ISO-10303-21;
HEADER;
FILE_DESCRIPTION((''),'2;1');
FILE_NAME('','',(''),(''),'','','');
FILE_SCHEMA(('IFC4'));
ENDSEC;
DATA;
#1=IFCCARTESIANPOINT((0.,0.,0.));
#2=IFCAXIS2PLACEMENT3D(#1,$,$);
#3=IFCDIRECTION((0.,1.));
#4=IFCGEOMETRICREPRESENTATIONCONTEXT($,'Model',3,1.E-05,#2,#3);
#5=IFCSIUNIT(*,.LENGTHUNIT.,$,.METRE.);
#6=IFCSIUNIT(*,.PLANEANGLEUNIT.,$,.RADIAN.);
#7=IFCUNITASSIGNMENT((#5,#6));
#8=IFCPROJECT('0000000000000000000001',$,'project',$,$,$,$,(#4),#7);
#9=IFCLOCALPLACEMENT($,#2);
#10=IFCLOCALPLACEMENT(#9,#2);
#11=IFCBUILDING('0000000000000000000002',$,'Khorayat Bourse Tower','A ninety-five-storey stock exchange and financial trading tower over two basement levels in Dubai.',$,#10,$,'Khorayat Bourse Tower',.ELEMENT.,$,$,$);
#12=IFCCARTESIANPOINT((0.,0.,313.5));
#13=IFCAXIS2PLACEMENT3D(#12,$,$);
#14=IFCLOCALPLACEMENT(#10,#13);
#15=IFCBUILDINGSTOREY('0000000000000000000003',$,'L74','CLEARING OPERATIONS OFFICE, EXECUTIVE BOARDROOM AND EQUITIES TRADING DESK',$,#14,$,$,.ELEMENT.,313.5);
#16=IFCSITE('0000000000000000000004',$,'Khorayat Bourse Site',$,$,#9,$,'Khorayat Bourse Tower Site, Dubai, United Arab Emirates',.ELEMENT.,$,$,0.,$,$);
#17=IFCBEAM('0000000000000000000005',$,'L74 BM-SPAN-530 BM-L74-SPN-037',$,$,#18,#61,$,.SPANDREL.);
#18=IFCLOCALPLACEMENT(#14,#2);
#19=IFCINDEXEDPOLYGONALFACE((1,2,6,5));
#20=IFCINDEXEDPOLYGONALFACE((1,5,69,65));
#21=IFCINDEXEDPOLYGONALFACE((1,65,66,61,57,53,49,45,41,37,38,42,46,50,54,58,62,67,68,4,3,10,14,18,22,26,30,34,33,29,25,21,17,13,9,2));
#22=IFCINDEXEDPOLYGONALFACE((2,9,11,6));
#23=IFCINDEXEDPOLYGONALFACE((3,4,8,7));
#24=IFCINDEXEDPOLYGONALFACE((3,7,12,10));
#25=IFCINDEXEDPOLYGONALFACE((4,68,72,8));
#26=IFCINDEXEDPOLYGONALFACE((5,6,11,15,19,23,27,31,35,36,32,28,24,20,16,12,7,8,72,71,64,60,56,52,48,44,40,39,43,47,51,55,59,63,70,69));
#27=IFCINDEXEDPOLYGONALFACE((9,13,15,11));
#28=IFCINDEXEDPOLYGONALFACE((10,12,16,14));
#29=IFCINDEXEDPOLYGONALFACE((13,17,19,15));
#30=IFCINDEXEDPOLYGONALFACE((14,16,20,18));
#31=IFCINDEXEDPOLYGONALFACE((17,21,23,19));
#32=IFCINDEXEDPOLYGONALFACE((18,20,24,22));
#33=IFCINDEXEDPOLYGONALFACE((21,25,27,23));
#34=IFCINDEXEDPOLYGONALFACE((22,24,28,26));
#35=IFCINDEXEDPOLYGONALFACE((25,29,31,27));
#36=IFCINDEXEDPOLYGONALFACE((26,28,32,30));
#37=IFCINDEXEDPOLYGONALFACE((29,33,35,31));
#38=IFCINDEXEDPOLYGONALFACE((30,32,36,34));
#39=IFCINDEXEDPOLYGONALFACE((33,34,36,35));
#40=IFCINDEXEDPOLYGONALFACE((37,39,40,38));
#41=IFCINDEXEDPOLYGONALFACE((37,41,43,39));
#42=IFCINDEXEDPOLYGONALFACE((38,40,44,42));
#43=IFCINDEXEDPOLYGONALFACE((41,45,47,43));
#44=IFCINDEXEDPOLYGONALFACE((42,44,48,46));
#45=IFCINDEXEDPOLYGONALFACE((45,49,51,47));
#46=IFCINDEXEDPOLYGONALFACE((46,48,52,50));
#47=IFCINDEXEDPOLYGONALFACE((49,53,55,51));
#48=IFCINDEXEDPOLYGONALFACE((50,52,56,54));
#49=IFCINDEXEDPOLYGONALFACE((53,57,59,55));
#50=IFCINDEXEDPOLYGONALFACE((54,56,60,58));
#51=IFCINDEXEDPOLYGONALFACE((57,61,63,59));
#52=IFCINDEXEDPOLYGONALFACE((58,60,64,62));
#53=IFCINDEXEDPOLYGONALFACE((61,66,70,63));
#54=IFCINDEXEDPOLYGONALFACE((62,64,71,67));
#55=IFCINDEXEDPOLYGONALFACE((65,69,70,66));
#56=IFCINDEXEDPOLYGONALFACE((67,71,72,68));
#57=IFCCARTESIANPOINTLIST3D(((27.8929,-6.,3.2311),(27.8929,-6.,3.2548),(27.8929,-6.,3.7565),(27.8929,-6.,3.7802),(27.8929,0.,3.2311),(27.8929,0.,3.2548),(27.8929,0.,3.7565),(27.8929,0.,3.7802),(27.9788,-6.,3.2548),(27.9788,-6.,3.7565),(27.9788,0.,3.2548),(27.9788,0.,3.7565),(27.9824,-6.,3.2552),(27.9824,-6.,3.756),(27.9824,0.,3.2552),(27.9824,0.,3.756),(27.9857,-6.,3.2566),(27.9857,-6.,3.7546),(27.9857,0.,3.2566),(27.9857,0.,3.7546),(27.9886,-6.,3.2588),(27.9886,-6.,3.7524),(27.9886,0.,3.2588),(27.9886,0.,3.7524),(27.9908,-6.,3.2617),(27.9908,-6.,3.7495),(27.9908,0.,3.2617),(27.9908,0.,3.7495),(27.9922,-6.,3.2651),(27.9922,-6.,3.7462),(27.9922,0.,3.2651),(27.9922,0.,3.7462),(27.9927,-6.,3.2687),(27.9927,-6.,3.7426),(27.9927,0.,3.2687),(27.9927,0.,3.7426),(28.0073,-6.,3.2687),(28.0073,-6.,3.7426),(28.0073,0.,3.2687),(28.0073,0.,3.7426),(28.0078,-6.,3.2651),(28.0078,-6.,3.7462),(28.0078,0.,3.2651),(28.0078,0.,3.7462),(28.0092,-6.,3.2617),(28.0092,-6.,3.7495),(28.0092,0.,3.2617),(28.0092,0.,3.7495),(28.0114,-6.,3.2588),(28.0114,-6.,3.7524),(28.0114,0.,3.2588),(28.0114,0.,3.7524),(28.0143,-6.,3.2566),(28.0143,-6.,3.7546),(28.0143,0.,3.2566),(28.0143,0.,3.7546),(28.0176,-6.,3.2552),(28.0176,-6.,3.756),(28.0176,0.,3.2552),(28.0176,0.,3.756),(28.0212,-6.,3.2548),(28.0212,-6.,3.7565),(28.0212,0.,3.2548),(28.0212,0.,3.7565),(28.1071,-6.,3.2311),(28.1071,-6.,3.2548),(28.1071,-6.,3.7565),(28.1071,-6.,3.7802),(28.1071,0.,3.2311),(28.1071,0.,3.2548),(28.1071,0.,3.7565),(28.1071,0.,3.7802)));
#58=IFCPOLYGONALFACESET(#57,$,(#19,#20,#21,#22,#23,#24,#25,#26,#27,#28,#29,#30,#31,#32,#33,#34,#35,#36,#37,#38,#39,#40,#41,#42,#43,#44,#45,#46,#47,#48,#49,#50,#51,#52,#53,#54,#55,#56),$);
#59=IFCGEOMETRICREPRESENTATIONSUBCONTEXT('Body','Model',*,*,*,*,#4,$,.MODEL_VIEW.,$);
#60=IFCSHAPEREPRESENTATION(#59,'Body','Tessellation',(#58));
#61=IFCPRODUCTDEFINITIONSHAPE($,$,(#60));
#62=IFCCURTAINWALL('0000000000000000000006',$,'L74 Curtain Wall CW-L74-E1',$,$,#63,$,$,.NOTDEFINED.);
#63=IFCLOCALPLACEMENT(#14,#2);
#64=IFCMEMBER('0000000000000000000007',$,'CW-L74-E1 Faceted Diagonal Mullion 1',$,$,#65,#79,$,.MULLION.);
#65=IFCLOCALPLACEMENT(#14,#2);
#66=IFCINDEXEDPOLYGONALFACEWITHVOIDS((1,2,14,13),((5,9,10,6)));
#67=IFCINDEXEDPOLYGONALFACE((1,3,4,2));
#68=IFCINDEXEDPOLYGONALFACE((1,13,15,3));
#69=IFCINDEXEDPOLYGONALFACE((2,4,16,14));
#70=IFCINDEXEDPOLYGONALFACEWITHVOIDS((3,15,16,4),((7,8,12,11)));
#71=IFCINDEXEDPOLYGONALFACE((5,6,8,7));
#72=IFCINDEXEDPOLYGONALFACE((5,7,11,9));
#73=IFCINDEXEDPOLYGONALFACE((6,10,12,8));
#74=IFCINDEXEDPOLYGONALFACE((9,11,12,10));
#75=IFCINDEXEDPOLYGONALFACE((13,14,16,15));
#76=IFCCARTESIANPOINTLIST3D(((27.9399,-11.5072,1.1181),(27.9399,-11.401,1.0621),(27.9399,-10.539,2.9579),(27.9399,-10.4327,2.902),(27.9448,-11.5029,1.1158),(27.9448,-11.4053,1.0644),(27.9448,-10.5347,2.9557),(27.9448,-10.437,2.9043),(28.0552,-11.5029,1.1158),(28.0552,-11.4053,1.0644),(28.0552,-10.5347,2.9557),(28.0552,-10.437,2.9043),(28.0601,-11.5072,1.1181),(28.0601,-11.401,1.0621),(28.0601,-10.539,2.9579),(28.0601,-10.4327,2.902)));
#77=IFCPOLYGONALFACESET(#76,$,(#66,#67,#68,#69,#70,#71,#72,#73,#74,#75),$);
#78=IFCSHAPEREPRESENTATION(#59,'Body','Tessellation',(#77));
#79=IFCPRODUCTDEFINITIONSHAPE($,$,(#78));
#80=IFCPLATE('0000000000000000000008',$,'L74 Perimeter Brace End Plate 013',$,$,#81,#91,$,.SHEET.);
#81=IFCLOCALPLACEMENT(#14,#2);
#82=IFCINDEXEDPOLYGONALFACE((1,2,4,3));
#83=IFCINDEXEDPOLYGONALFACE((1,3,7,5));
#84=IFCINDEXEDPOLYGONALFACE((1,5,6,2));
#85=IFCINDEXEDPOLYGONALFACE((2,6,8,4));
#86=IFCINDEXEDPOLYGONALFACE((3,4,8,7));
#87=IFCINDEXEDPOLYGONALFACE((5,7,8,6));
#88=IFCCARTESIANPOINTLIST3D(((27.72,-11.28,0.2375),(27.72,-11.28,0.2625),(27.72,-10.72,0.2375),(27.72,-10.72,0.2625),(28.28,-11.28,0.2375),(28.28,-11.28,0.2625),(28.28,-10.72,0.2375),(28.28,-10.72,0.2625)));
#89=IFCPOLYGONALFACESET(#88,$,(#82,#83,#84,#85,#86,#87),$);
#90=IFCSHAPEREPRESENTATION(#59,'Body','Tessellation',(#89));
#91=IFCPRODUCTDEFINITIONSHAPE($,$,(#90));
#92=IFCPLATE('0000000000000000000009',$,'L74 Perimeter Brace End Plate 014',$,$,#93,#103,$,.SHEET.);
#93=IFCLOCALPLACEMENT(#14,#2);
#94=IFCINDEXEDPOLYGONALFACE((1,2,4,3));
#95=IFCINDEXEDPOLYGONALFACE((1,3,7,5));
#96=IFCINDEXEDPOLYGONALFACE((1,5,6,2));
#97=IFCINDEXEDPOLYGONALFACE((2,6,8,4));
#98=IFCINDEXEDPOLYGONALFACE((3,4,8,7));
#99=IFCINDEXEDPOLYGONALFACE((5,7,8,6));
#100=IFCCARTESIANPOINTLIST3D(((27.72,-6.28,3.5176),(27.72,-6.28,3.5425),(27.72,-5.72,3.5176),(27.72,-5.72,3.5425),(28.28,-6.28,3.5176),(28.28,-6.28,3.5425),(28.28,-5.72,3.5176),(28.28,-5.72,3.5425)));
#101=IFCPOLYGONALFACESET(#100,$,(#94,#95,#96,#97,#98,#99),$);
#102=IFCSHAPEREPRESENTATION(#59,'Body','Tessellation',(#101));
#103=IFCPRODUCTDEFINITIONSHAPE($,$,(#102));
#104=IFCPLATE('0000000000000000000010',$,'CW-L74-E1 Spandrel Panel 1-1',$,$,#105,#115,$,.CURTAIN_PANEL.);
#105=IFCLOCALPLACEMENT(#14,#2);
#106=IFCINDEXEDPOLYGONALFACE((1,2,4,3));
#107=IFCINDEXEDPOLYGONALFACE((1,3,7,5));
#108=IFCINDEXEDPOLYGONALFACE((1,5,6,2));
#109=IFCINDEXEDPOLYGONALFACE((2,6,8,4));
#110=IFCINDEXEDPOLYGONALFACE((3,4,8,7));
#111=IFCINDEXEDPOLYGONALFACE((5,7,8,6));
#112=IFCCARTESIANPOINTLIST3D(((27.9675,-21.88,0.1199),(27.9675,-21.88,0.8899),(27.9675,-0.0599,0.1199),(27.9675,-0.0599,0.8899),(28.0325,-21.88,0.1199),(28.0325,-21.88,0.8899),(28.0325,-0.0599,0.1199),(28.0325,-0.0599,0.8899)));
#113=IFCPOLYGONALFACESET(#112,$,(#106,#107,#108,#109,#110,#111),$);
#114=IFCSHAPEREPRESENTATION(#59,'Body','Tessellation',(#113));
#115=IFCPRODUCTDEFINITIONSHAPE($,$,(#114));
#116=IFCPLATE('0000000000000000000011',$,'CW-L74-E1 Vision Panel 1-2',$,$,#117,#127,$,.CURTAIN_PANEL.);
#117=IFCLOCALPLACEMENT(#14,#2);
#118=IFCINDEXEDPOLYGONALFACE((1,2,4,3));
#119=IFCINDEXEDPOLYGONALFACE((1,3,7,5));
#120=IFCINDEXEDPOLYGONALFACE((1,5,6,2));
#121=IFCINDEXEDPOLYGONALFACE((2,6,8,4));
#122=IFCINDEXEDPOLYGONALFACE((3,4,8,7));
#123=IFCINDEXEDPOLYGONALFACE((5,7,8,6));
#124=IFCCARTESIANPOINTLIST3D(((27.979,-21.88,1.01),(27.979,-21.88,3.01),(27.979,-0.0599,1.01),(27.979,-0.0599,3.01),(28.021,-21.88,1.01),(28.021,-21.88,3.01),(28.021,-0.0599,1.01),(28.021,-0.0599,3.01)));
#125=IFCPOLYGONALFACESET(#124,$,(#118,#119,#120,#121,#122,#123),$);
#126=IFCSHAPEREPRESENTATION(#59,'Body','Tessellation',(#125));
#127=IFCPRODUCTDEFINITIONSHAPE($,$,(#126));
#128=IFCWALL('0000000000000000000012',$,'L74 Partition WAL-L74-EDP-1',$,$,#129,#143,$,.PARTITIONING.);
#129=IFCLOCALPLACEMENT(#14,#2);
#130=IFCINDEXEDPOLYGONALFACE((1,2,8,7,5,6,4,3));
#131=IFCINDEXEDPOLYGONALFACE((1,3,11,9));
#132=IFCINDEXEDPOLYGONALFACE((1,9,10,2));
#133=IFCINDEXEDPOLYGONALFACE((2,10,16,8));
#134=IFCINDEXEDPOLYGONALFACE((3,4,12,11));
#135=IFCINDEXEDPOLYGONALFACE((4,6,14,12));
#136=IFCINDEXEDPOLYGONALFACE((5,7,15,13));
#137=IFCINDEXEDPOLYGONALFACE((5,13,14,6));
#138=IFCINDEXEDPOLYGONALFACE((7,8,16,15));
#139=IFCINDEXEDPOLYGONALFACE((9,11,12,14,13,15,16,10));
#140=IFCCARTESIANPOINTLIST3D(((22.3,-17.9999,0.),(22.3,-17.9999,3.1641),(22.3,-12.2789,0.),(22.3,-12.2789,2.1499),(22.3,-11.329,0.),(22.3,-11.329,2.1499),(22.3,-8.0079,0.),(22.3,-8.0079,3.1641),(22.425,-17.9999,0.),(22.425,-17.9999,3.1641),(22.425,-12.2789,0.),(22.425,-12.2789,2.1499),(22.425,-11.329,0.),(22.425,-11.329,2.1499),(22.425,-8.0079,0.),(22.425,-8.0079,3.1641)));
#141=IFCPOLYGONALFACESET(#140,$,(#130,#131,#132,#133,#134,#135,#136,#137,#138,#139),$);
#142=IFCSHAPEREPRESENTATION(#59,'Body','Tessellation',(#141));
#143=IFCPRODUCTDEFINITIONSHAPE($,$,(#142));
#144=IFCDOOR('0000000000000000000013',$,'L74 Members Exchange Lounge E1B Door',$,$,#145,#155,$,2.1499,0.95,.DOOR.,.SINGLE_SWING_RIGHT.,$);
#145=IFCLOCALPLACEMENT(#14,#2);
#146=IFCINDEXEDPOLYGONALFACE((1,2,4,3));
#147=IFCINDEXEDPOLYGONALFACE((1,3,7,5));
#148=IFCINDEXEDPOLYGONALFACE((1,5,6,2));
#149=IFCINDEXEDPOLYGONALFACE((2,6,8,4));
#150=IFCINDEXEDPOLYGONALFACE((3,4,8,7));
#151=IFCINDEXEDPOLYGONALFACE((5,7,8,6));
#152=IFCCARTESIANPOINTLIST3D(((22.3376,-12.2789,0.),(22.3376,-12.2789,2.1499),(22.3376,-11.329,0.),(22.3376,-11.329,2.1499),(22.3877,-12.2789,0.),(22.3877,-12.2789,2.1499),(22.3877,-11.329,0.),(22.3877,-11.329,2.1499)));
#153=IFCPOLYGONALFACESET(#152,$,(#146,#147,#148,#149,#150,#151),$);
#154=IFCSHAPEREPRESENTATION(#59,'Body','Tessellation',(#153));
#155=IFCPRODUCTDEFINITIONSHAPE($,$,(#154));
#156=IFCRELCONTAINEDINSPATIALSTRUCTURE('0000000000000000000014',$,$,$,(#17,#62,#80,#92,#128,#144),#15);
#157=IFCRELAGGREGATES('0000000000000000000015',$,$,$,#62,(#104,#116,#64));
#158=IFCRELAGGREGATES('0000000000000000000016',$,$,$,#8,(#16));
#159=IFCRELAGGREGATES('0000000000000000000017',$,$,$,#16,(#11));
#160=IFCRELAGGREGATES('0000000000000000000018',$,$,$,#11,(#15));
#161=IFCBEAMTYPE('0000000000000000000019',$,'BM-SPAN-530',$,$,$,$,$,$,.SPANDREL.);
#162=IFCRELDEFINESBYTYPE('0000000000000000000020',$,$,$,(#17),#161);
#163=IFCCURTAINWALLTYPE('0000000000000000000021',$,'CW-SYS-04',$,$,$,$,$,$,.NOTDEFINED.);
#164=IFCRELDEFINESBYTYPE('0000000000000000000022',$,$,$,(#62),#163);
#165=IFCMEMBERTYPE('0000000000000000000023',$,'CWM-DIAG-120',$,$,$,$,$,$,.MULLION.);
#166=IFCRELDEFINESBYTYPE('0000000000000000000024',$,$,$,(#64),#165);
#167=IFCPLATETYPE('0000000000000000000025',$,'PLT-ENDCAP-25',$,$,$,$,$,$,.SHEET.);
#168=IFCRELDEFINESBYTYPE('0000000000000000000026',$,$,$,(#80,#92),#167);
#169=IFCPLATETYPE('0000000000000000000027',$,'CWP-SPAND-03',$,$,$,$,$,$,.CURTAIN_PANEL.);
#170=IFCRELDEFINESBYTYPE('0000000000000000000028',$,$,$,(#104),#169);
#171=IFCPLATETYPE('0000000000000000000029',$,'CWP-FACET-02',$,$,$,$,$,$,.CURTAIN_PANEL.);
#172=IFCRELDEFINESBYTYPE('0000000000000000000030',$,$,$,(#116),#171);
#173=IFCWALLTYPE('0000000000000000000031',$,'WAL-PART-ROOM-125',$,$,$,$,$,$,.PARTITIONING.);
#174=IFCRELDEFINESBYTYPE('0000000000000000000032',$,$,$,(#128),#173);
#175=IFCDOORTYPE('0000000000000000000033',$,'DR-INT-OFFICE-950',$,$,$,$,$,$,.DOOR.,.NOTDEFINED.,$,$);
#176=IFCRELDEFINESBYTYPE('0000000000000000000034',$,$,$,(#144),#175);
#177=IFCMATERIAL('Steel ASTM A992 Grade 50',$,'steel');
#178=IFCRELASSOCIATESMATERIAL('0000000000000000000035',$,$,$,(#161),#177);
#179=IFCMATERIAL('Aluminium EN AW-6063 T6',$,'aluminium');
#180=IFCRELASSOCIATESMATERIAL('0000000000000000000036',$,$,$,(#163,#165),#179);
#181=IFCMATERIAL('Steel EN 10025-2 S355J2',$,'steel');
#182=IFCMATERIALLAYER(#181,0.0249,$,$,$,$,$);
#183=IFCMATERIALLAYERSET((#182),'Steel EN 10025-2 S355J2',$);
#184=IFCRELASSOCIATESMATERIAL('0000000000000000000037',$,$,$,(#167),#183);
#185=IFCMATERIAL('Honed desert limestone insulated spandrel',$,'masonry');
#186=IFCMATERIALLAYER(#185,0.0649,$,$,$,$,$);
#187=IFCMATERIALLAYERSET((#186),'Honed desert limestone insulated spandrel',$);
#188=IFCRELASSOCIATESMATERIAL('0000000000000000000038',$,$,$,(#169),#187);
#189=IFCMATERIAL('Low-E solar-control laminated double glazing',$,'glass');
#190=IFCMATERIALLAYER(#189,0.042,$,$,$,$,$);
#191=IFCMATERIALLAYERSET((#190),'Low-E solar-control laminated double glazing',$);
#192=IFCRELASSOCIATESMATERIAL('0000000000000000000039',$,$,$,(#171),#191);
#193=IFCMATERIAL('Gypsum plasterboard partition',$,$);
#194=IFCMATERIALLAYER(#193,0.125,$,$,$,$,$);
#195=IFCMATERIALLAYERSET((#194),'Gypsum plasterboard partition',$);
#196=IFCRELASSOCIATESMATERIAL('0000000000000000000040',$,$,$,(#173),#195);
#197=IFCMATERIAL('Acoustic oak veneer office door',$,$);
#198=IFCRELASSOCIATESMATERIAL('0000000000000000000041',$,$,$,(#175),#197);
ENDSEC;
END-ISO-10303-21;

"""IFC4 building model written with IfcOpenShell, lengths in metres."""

from ifc_helpers import new_model, si_unit, direction, frame, frame_2d, origin, origin_2d, place, context, subcontext, project, spatial, rectangle, hollow_rectangle, i_section, extrude, source, transform, mapped, material, layer, layer_set, material_profile, profile_set, type_object, element, fill, aggregate, save


model = new_model("IFC4")

# Units and contexts
model_context = context("Model", 3, precision=1e-05, world=origin(), true_north=direction((0.0, 1.0)))
body_context = subcontext(model_context, "Body", "Model", "MODEL_VIEW")
ifc_project = project(units=[si_unit("LENGTHUNIT", "METRE"), si_unit("PLANEANGLEUNIT", "RADIAN")], contexts=[model_context])

# Site, building, storey
site_placement = place(None, origin())
site = spatial("IfcSite", under=ifc_project, at=site_placement, Name="Khorayat Bourse Site", LongName="Khorayat Bourse Tower Site, Dubai, United Arab Emirates", CompositionType="ELEMENT", RefElevation=0.0)
building_placement = place(site_placement, origin())
building = spatial("IfcBuilding", under=site, at=building_placement, Name="Khorayat Bourse Tower", Description="A ninety-five-storey stock exchange and financial trading tower over two basement levels in Dubai.", LongName="Khorayat Bourse Tower", CompositionType="ELEMENT")
storey_placement = place(building_placement, frame((0.0, 0.0, 313.5)))
storey = spatial("IfcBuildingStorey", under=building, at=storey_placement, Name="L74", Description="CLEARING OPERATIONS OFFICE, EXECUTIVE BOARDROOM AND EQUITIES TRADING DESK", CompositionType="ELEMENT", Elevation=313.5)

# Beam
ifc_material_1 = material(Name="Steel ASTM A992 Grade 50", Category="steel")
ifc_material_profile_1 = material_profile(ifc_material_1, i_section(OverallWidth=0.2141, OverallDepth=0.5491, WebThickness=0.0146, FlangeThickness=0.0237, FilletRadius=0.0139, at=origin_2d()), Name="W530X138")
ifc_profile_set_1 = profile_set([ifc_material_profile_1], Name="Steel ASTM A992 Grade 50")
beam_type_1 = type_object("IfcBeamType", Name="BM-SPAN-530", PredefinedType="SPANDREL", material=ifc_profile_set_1)
shared_shape_1 = source(origin(), body_context, "Body", "SweptSolid", [
    extrude(i_section(OverallWidth=0.2141, OverallDepth=0.5491, WebThickness=0.0146, FlangeThickness=0.0237, FilletRadius=0.0139, at=origin_2d()), origin(), (0.0, 0.0, 1.0), 6.0),
])
beam_1_placement = place(storey_placement, frame((28.0, -6.0, 3.5056), z_axis=(0.0, 1.0, 0.0), x_axis=(-1.0, 0.0, 0.0)))
element("IfcBeam", 1, at=beam_1_placement, inside=storey, type_object=beam_type_1, Name="L74 BM-SPAN-530 BM-L74-SPN-037", PredefinedType="SPANDREL", context=body_context, shape_type="MappedRepresentation", body=[
    mapped(shared_shape_1, transform((0.0, 0.0, 0.0), scale=1.0)),
])

# Curtain wall, member
ifc_material_2 = material(Name="Aluminium EN AW-6063 T6", Category="aluminium")
curtain_wall_type = type_object("IfcCurtainWallType", Name="CW-SYS-04", PredefinedType="NOTDEFINED", material=ifc_material_2)
curtain_wall_placement = place(storey_placement, origin())
curtain_wall = element("IfcCurtainWall", 2, at=curtain_wall_placement, inside=storey, type_object=curtain_wall_type, Name="L74 Curtain Wall CW-L74-E1", PredefinedType="NOTDEFINED")
ifc_material_profile_2 = material_profile(ifc_material_2, hollow_rectangle(XDim=0.1201, YDim=0.1201, WallThickness=0.0049, at=origin_2d()), Name="ALU 120x120x5")
ifc_profile_set_2 = profile_set([ifc_material_profile_2], Name="Aluminium EN AW-6063 T6")
member_type_1 = type_object("IfcMemberType", Name="CWM-DIAG-120", PredefinedType="MULLION", material=ifc_profile_set_2)
shared_shape_2 = source(origin(), body_context, "Body", "SweptSolid", [
    extrude(hollow_rectangle(XDim=0.1201, YDim=0.1201, WallThickness=0.0049, at=origin_2d()), origin(), (0.0, 0.0, 1.0), 2.0791),
])
member_1_placement = place(storey_placement, frame((28.0, -11.4541, 1.0901), z_axis=(0.0, 0.465717, 0.884934), x_axis=(-1.0, 0.0, 0.0)))
member_1 = element("IfcMember", 3, at=member_1_placement, type_object=member_type_1, Name="CW-L74-E1 Faceted Diagonal Mullion 1", PredefinedType="MULLION", context=body_context, shape_type="MappedRepresentation", body=[
    mapped(shared_shape_2, transform((0.0, 0.0, 0.0), scale=1.0)),
])

# Plates
ifc_material_3 = material(Name="Steel EN 10025-2 S355J2", Category="steel")
ifc_layer_1 = layer(ifc_material_3, 0.0249)
ifc_layer_set_1 = layer_set([ifc_layer_1], Name="Steel EN 10025-2 S355J2")
plate_type_1 = type_object("IfcPlateType", Name="PLT-ENDCAP-25", PredefinedType="SHEET", material=ifc_layer_set_1)
shared_shape_3 = source(origin(), body_context, "Body", "SweptSolid", [
    extrude(rectangle(XDim=0.5601, YDim=0.5601, at=origin_2d()), origin(), (0.0, 0.0, 1.0), 0.0249),
])
for number, where, z_axis, x_axis, name in (
    (4, (28.0, -11.0, 0.2375), (0.0, 0.0, 1.0), (1.0, 0.0, 0.0), "L74 Perimeter Brace End Plate 013"),
    (5, (28.0, -6.0, 3.5176), (0.0, 0.0, 1.0), (1.0, 0.0, 0.0), "L74 Perimeter Brace End Plate 014"),
):
    element("IfcPlate", number, at=place(storey_placement, frame(where, z_axis=z_axis, x_axis=x_axis)), inside=storey, type_object=plate_type_1, Name=name, PredefinedType="SHEET", context=body_context, shape_type="MappedRepresentation", body=[
        mapped(shared_shape_3, transform((0.0, 0.0, 0.0), scale=1.0)),
    ])

# Plates
ifc_material_4 = material(Name="Honed desert limestone insulated spandrel", Category="masonry")
ifc_layer_2 = layer(ifc_material_4, 0.0649)
ifc_layer_set_2 = layer_set([ifc_layer_2], Name="Honed desert limestone insulated spandrel")
plate_type_2 = type_object("IfcPlateType", Name="CWP-SPAND-03", PredefinedType="CURTAIN_PANEL", material=ifc_layer_set_2)
shared_shape_4 = source(origin(), body_context, "Body", "SweptSolid", [
    extrude(rectangle(XDim=21.8201, YDim=0.0649, at=origin_2d()), origin(), (0.0, 0.0, 1.0), 0.77),
])
plate_1_placement = place(storey_placement, frame((28.0, -10.97, 0.1199), z_axis=(0.0, 0.0, 1.0), x_axis=(0.0, 1.0, 0.0)))
plate_1 = element("IfcPlate", 6, at=plate_1_placement, type_object=plate_type_2, Name="CW-L74-E1 Spandrel Panel 1-1", PredefinedType="CURTAIN_PANEL", context=body_context, shape_type="MappedRepresentation", body=[
    mapped(shared_shape_4, transform((0.0, 0.0, 0.0), scale=1.0)),
])
ifc_material_5 = material(Name="Low-E solar-control laminated double glazing", Category="glass")
ifc_layer_3 = layer(ifc_material_5, 0.042)
ifc_layer_set_3 = layer_set([ifc_layer_3], Name="Low-E solar-control laminated double glazing")
plate_type_3 = type_object("IfcPlateType", Name="CWP-FACET-02", PredefinedType="CURTAIN_PANEL", material=ifc_layer_set_3)
shared_shape_5 = source(origin(), body_context, "Body", "SweptSolid", [
    extrude(rectangle(XDim=21.8201, YDim=0.042, at=origin_2d()), origin(), (0.0, 0.0, 1.0), 2.0),
])
plate_2_placement = place(storey_placement, frame((28.0, -10.97, 1.01), z_axis=(0.0, 0.0, 1.0), x_axis=(0.0, 1.0, 0.0)))
plate_2 = element("IfcPlate", 7, at=plate_2_placement, type_object=plate_type_3, Name="CW-L74-E1 Vision Panel 1-2", PredefinedType="CURTAIN_PANEL", context=body_context, shape_type="MappedRepresentation", body=[
    mapped(shared_shape_5, transform((0.0, 0.0, 0.0), scale=1.0)),
])
aggregate(curtain_wall, [plate_1, plate_2, member_1])

# Wall, opening, door
ifc_material_6 = material(Name="Gypsum plasterboard partition")
ifc_layer_4 = layer(ifc_material_6, 0.125)
ifc_layer_set_4 = layer_set([ifc_layer_4], Name="Gypsum plasterboard partition")
wall_type = type_object("IfcWallType", Name="WAL-PART-ROOM-125", PredefinedType="PARTITIONING", material=ifc_layer_set_4)
shared_shape_6 = source(origin(), body_context, "Body", "SweptSolid", [
    extrude(rectangle(XDim=9.9919, YDim=0.125, at=frame_2d((4.9961, 0.0))), origin(), (0.0, 0.0, 1.0), 3.1641),
])
wall_1_placement = place(storey_placement, frame((22.3625, -18.0, 0.0), z_axis=(0.0, 0.0, 1.0), x_axis=(0.0, 1.0, 0.0)))
wall_1 = element("IfcWall", 8, at=wall_1_placement, inside=storey, type_object=wall_type, Name="L74 Partition WAL-L74-EDP-1", PredefinedType="PARTITIONING", context=body_context, shape_type="MappedRepresentation", body=[
    mapped(shared_shape_6, transform((0.0, 0.0, 0.0), scale=1.0)),
])
shared_shape_7 = source(origin(), body_context, "Body", "SweptSolid", [
    extrude(rectangle(XDim=0.95, YDim=2.1499, at=frame_2d((0.4751, 1.075))), frame((0.0, 0.0725, 0.0), z_axis=(0.0, -1.0, 0.0), x_axis=(1.0, 0.0, 0.0)), (0.0, 0.0, 1.0), 0.145),
])
opening_1_placement = place(wall_1_placement, frame((5.7209, 0.0, 0.0)))
opening_1 = element("IfcOpeningElement", 9, at=opening_1_placement, cuts=wall_1, PredefinedType="OPENING", context=body_context, shape_type="MappedRepresentation", body=[
    mapped(shared_shape_7, transform((0.0, 0.0, 0.0), scale=1.0)),
])
ifc_material_7 = material(Name="Acoustic oak veneer office door")
door_type = type_object("IfcDoorType", Name="DR-INT-OFFICE-950", OperationType="NOTDEFINED", PredefinedType="DOOR", material=ifc_material_7)
shared_shape_8 = source(origin(), body_context, "Body", "SweptSolid", [
    extrude(rectangle(XDim=0.95, YDim=2.1499, at=frame_2d((0.4751, 1.075))), frame((0.0, 0.0249, 0.0), z_axis=(0.0, -1.0, 0.0), x_axis=(1.0, 0.0, 0.0)), (0.0, 0.0, 1.0), 0.05),
])
door_1_placement = place(opening_1_placement, origin())
door_1 = element("IfcDoor", 10, at=door_1_placement, inside=storey, type_object=door_type, Name="L74 Members Exchange Lounge E1B Door", OperationType="SINGLE_SWING_RIGHT", OverallHeight=2.1499, OverallWidth=0.95, PredefinedType="DOOR", context=body_context, shape_type="MappedRepresentation", body=[
    mapped(shared_shape_8, transform((0.0, 0.0, 0.0), scale=1.0)),
])
fill(opening_1, door_1)

save(model, "model.ifc")
